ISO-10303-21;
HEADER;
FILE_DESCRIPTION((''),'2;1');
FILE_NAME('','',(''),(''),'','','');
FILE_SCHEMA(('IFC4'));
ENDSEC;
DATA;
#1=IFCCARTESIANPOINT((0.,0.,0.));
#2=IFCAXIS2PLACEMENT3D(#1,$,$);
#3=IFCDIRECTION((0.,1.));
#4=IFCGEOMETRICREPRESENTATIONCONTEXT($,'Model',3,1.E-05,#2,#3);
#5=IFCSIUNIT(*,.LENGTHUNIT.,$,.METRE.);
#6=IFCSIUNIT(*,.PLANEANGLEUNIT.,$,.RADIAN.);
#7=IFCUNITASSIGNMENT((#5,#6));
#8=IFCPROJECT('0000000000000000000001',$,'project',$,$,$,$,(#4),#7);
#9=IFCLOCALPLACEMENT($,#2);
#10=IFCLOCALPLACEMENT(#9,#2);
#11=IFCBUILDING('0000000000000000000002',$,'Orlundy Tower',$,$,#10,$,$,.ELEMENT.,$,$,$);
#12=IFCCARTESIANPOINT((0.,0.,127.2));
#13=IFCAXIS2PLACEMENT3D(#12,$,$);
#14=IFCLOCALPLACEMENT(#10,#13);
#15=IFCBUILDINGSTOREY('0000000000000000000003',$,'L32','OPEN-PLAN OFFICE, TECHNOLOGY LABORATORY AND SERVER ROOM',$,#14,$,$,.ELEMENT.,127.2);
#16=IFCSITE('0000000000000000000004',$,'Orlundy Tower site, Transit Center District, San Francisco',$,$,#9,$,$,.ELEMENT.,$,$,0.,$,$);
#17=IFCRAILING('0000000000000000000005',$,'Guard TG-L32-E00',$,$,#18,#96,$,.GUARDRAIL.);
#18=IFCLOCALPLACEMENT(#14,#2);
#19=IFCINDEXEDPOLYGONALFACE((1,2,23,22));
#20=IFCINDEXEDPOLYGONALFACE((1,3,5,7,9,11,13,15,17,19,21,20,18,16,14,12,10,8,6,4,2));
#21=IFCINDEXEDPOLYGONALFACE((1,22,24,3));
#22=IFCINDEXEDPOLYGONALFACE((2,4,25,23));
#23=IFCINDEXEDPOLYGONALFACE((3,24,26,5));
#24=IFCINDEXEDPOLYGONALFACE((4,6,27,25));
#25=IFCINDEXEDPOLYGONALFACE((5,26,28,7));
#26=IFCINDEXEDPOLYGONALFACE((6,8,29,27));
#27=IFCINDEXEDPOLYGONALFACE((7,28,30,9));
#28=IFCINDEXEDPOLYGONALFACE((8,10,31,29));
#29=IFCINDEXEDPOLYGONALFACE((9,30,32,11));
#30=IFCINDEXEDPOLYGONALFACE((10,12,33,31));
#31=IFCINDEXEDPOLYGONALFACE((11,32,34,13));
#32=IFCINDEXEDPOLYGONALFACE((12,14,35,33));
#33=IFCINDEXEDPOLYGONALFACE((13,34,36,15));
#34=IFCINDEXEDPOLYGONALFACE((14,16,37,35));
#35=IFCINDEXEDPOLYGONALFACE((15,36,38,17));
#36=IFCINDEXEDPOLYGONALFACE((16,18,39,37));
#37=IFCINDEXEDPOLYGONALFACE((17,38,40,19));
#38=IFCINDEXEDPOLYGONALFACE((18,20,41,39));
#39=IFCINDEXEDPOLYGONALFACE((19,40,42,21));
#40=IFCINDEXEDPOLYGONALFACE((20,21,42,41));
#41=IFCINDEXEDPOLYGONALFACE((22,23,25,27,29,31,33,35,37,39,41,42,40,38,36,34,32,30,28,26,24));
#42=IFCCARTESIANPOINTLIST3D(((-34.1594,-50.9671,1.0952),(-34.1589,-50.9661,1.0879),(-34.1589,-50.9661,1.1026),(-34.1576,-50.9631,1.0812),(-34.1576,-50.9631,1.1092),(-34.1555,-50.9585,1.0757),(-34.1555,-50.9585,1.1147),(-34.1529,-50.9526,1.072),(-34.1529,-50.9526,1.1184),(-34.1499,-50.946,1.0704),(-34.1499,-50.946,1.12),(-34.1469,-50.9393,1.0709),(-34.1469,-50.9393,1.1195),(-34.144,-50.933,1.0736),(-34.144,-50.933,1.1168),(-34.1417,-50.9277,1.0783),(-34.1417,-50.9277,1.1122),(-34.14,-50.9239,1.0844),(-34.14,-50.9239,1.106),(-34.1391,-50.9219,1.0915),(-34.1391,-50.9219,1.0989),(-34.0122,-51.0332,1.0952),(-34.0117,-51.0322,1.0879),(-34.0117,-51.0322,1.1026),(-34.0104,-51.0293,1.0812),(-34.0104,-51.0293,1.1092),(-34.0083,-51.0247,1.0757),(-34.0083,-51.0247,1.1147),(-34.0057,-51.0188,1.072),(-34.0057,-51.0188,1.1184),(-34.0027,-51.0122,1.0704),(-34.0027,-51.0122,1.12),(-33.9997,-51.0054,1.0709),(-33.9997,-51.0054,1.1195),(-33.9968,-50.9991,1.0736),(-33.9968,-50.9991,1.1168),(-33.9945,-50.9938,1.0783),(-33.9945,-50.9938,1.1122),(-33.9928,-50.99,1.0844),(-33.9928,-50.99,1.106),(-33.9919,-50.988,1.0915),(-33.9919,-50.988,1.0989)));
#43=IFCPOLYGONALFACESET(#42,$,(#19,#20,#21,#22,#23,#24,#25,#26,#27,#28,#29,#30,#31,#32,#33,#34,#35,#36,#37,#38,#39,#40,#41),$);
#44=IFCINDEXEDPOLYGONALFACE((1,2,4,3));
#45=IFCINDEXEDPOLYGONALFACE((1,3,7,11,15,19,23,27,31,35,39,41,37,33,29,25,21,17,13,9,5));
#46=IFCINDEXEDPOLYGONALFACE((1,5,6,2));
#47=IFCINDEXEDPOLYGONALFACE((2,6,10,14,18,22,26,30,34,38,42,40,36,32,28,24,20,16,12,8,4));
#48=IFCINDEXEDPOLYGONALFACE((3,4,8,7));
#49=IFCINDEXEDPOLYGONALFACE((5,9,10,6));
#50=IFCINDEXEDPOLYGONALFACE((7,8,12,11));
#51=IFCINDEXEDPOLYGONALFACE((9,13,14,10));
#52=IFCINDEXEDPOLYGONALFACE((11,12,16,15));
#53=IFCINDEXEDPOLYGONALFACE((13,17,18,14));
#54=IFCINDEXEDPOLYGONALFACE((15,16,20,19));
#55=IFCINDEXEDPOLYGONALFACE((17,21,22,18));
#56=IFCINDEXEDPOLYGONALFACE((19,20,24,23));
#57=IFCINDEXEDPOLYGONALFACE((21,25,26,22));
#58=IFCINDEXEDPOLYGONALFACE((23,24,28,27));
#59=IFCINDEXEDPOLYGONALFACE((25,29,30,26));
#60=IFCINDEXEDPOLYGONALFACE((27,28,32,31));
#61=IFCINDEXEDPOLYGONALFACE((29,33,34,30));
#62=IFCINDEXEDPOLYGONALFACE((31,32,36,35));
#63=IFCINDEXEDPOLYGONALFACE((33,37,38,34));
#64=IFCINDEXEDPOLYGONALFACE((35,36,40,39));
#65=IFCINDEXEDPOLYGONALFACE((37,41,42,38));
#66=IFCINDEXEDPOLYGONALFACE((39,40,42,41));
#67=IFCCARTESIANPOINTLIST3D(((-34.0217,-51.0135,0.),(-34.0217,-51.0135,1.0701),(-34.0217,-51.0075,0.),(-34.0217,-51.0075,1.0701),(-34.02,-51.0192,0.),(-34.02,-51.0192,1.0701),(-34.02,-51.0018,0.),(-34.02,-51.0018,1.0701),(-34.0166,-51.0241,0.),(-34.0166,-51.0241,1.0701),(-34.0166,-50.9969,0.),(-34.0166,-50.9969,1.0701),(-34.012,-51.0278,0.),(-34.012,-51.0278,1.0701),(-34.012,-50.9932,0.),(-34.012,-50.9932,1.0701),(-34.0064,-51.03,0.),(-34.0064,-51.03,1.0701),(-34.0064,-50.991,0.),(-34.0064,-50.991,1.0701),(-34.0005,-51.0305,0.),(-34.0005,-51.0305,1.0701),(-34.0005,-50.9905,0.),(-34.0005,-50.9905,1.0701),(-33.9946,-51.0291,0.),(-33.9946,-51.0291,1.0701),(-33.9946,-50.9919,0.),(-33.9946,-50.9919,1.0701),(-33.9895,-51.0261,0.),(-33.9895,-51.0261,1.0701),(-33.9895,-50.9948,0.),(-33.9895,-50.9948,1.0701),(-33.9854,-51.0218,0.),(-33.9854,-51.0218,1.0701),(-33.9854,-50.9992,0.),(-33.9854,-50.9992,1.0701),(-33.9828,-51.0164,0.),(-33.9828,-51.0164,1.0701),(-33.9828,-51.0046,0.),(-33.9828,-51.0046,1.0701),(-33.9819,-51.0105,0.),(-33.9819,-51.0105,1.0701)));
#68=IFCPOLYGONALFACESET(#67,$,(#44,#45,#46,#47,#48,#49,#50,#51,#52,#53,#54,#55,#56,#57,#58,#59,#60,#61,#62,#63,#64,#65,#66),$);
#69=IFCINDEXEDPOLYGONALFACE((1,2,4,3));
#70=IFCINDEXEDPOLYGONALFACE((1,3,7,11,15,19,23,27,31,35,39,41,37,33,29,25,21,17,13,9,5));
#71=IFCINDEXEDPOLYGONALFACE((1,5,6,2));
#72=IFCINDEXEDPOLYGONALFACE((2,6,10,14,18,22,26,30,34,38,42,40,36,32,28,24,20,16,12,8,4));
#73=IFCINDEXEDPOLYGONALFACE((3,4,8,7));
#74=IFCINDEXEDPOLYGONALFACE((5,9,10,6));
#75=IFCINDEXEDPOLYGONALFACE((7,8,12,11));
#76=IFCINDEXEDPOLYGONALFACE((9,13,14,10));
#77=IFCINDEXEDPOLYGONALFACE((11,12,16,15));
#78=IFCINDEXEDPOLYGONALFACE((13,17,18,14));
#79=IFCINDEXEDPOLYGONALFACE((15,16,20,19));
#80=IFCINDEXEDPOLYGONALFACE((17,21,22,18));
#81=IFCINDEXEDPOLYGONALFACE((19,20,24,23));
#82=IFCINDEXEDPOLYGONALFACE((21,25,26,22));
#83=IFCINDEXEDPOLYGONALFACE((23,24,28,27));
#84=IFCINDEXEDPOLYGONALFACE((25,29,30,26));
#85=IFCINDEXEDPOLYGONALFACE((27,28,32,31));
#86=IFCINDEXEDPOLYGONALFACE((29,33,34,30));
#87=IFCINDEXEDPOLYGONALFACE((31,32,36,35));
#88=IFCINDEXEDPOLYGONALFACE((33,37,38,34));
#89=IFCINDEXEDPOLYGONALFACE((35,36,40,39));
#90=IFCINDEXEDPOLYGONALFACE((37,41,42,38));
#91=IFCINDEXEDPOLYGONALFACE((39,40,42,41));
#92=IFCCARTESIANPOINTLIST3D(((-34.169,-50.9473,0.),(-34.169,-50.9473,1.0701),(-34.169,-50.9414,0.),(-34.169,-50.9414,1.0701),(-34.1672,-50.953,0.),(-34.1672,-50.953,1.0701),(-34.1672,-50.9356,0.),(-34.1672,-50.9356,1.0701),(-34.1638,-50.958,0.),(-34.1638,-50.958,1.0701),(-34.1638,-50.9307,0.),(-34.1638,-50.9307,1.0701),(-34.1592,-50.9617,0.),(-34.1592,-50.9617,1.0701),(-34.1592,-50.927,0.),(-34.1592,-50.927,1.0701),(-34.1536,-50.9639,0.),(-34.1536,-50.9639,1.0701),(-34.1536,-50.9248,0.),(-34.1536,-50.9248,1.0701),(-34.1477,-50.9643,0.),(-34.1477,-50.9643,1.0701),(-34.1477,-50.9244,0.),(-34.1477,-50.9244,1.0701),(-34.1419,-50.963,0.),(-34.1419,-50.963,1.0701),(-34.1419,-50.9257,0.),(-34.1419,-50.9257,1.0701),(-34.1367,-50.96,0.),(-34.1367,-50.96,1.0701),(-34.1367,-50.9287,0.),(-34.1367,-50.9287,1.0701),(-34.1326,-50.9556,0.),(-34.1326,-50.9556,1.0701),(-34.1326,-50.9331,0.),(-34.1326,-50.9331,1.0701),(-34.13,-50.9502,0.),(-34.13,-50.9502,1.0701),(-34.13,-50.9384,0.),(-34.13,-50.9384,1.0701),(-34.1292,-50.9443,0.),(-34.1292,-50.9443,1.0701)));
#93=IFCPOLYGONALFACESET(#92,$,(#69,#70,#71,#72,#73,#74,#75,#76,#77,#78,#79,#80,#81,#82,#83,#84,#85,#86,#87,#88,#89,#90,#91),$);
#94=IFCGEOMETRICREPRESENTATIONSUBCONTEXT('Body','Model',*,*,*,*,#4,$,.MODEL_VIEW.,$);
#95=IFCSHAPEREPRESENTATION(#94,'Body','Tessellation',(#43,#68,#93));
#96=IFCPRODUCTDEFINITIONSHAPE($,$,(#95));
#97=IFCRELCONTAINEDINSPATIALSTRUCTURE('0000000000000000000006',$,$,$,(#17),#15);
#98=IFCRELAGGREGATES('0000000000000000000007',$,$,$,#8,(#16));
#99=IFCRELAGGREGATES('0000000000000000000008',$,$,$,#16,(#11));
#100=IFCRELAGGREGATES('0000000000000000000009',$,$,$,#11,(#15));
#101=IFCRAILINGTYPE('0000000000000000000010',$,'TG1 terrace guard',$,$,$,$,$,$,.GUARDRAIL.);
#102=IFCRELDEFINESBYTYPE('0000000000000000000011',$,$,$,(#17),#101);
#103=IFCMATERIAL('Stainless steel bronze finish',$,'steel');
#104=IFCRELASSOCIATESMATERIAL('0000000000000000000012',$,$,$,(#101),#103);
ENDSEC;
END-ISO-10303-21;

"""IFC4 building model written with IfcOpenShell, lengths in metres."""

from ifc_helpers import new_model, si_unit, direction, frame, origin, origin_2d, place, context, subcontext, project, spatial, circle, extrude, material, type_object, element, save


model = new_model("IFC4")

# Units and contexts
model_context = context("Model", 3, precision=1e-05, world=origin(), true_north=direction((0.0, 1.0)))
body_context = subcontext(model_context, "Body", "Model", "MODEL_VIEW")
ifc_project = project(units=[si_unit("LENGTHUNIT", "METRE"), si_unit("PLANEANGLEUNIT", "RADIAN")], contexts=[model_context])

# Site, building, storey
site_placement = place(None, origin())
site = spatial("IfcSite", under=ifc_project, at=site_placement, Name="Orlundy Tower site, Transit Center District, San Francisco", CompositionType="ELEMENT", RefElevation=0.0)
building_placement = place(site_placement, origin())
building = spatial("IfcBuilding", under=site, at=building_placement, Name="Orlundy Tower", CompositionType="ELEMENT")
storey_placement = place(building_placement, frame((0.0, 0.0, 127.2)))
storey = spatial("IfcBuildingStorey", under=building, at=storey_placement, Name="L32", Description="OPEN-PLAN OFFICE, TECHNOLOGY LABORATORY AND SERVER ROOM", CompositionType="ELEMENT", Elevation=127.2)

# Railing
ifc_material_1 = material(Name="Stainless steel bronze finish", Category="steel")
railing_type = type_object("IfcRailingType", Name="TG1 terrace guard", PredefinedType="GUARDRAIL", material=ifc_material_1)
railing_placement = place(storey_placement, frame((-34.002, -51.0105, 0.0)))
element("IfcRailing", 1, at=railing_placement, inside=storey, type_object=railing_type, Name="Guard TG-L32-E00", PredefinedType="GUARDRAIL", context=body_context, shape_type="SweptSolid", body=[
    extrude(circle(Radius=0.0249, at=origin_2d()), frame((0.0, 0.0, 1.0952), z_axis=(-0.91212, 0.409924, 0.0), x_axis=(-0.409924, -0.91212, 0.0)), (0.0, 0.0, 1.0), 0.1614),
    extrude(circle(Radius=0.02, at=origin_2d()), origin(), (0.0, 0.0, 1.0), 1.0701),
    extrude(circle(Radius=0.02, at=origin_2d()), frame((-0.1472, 0.0662, 0.0)), (0.0, 0.0, 1.0), 1.0701),
])

save(model, "model.ifc")
